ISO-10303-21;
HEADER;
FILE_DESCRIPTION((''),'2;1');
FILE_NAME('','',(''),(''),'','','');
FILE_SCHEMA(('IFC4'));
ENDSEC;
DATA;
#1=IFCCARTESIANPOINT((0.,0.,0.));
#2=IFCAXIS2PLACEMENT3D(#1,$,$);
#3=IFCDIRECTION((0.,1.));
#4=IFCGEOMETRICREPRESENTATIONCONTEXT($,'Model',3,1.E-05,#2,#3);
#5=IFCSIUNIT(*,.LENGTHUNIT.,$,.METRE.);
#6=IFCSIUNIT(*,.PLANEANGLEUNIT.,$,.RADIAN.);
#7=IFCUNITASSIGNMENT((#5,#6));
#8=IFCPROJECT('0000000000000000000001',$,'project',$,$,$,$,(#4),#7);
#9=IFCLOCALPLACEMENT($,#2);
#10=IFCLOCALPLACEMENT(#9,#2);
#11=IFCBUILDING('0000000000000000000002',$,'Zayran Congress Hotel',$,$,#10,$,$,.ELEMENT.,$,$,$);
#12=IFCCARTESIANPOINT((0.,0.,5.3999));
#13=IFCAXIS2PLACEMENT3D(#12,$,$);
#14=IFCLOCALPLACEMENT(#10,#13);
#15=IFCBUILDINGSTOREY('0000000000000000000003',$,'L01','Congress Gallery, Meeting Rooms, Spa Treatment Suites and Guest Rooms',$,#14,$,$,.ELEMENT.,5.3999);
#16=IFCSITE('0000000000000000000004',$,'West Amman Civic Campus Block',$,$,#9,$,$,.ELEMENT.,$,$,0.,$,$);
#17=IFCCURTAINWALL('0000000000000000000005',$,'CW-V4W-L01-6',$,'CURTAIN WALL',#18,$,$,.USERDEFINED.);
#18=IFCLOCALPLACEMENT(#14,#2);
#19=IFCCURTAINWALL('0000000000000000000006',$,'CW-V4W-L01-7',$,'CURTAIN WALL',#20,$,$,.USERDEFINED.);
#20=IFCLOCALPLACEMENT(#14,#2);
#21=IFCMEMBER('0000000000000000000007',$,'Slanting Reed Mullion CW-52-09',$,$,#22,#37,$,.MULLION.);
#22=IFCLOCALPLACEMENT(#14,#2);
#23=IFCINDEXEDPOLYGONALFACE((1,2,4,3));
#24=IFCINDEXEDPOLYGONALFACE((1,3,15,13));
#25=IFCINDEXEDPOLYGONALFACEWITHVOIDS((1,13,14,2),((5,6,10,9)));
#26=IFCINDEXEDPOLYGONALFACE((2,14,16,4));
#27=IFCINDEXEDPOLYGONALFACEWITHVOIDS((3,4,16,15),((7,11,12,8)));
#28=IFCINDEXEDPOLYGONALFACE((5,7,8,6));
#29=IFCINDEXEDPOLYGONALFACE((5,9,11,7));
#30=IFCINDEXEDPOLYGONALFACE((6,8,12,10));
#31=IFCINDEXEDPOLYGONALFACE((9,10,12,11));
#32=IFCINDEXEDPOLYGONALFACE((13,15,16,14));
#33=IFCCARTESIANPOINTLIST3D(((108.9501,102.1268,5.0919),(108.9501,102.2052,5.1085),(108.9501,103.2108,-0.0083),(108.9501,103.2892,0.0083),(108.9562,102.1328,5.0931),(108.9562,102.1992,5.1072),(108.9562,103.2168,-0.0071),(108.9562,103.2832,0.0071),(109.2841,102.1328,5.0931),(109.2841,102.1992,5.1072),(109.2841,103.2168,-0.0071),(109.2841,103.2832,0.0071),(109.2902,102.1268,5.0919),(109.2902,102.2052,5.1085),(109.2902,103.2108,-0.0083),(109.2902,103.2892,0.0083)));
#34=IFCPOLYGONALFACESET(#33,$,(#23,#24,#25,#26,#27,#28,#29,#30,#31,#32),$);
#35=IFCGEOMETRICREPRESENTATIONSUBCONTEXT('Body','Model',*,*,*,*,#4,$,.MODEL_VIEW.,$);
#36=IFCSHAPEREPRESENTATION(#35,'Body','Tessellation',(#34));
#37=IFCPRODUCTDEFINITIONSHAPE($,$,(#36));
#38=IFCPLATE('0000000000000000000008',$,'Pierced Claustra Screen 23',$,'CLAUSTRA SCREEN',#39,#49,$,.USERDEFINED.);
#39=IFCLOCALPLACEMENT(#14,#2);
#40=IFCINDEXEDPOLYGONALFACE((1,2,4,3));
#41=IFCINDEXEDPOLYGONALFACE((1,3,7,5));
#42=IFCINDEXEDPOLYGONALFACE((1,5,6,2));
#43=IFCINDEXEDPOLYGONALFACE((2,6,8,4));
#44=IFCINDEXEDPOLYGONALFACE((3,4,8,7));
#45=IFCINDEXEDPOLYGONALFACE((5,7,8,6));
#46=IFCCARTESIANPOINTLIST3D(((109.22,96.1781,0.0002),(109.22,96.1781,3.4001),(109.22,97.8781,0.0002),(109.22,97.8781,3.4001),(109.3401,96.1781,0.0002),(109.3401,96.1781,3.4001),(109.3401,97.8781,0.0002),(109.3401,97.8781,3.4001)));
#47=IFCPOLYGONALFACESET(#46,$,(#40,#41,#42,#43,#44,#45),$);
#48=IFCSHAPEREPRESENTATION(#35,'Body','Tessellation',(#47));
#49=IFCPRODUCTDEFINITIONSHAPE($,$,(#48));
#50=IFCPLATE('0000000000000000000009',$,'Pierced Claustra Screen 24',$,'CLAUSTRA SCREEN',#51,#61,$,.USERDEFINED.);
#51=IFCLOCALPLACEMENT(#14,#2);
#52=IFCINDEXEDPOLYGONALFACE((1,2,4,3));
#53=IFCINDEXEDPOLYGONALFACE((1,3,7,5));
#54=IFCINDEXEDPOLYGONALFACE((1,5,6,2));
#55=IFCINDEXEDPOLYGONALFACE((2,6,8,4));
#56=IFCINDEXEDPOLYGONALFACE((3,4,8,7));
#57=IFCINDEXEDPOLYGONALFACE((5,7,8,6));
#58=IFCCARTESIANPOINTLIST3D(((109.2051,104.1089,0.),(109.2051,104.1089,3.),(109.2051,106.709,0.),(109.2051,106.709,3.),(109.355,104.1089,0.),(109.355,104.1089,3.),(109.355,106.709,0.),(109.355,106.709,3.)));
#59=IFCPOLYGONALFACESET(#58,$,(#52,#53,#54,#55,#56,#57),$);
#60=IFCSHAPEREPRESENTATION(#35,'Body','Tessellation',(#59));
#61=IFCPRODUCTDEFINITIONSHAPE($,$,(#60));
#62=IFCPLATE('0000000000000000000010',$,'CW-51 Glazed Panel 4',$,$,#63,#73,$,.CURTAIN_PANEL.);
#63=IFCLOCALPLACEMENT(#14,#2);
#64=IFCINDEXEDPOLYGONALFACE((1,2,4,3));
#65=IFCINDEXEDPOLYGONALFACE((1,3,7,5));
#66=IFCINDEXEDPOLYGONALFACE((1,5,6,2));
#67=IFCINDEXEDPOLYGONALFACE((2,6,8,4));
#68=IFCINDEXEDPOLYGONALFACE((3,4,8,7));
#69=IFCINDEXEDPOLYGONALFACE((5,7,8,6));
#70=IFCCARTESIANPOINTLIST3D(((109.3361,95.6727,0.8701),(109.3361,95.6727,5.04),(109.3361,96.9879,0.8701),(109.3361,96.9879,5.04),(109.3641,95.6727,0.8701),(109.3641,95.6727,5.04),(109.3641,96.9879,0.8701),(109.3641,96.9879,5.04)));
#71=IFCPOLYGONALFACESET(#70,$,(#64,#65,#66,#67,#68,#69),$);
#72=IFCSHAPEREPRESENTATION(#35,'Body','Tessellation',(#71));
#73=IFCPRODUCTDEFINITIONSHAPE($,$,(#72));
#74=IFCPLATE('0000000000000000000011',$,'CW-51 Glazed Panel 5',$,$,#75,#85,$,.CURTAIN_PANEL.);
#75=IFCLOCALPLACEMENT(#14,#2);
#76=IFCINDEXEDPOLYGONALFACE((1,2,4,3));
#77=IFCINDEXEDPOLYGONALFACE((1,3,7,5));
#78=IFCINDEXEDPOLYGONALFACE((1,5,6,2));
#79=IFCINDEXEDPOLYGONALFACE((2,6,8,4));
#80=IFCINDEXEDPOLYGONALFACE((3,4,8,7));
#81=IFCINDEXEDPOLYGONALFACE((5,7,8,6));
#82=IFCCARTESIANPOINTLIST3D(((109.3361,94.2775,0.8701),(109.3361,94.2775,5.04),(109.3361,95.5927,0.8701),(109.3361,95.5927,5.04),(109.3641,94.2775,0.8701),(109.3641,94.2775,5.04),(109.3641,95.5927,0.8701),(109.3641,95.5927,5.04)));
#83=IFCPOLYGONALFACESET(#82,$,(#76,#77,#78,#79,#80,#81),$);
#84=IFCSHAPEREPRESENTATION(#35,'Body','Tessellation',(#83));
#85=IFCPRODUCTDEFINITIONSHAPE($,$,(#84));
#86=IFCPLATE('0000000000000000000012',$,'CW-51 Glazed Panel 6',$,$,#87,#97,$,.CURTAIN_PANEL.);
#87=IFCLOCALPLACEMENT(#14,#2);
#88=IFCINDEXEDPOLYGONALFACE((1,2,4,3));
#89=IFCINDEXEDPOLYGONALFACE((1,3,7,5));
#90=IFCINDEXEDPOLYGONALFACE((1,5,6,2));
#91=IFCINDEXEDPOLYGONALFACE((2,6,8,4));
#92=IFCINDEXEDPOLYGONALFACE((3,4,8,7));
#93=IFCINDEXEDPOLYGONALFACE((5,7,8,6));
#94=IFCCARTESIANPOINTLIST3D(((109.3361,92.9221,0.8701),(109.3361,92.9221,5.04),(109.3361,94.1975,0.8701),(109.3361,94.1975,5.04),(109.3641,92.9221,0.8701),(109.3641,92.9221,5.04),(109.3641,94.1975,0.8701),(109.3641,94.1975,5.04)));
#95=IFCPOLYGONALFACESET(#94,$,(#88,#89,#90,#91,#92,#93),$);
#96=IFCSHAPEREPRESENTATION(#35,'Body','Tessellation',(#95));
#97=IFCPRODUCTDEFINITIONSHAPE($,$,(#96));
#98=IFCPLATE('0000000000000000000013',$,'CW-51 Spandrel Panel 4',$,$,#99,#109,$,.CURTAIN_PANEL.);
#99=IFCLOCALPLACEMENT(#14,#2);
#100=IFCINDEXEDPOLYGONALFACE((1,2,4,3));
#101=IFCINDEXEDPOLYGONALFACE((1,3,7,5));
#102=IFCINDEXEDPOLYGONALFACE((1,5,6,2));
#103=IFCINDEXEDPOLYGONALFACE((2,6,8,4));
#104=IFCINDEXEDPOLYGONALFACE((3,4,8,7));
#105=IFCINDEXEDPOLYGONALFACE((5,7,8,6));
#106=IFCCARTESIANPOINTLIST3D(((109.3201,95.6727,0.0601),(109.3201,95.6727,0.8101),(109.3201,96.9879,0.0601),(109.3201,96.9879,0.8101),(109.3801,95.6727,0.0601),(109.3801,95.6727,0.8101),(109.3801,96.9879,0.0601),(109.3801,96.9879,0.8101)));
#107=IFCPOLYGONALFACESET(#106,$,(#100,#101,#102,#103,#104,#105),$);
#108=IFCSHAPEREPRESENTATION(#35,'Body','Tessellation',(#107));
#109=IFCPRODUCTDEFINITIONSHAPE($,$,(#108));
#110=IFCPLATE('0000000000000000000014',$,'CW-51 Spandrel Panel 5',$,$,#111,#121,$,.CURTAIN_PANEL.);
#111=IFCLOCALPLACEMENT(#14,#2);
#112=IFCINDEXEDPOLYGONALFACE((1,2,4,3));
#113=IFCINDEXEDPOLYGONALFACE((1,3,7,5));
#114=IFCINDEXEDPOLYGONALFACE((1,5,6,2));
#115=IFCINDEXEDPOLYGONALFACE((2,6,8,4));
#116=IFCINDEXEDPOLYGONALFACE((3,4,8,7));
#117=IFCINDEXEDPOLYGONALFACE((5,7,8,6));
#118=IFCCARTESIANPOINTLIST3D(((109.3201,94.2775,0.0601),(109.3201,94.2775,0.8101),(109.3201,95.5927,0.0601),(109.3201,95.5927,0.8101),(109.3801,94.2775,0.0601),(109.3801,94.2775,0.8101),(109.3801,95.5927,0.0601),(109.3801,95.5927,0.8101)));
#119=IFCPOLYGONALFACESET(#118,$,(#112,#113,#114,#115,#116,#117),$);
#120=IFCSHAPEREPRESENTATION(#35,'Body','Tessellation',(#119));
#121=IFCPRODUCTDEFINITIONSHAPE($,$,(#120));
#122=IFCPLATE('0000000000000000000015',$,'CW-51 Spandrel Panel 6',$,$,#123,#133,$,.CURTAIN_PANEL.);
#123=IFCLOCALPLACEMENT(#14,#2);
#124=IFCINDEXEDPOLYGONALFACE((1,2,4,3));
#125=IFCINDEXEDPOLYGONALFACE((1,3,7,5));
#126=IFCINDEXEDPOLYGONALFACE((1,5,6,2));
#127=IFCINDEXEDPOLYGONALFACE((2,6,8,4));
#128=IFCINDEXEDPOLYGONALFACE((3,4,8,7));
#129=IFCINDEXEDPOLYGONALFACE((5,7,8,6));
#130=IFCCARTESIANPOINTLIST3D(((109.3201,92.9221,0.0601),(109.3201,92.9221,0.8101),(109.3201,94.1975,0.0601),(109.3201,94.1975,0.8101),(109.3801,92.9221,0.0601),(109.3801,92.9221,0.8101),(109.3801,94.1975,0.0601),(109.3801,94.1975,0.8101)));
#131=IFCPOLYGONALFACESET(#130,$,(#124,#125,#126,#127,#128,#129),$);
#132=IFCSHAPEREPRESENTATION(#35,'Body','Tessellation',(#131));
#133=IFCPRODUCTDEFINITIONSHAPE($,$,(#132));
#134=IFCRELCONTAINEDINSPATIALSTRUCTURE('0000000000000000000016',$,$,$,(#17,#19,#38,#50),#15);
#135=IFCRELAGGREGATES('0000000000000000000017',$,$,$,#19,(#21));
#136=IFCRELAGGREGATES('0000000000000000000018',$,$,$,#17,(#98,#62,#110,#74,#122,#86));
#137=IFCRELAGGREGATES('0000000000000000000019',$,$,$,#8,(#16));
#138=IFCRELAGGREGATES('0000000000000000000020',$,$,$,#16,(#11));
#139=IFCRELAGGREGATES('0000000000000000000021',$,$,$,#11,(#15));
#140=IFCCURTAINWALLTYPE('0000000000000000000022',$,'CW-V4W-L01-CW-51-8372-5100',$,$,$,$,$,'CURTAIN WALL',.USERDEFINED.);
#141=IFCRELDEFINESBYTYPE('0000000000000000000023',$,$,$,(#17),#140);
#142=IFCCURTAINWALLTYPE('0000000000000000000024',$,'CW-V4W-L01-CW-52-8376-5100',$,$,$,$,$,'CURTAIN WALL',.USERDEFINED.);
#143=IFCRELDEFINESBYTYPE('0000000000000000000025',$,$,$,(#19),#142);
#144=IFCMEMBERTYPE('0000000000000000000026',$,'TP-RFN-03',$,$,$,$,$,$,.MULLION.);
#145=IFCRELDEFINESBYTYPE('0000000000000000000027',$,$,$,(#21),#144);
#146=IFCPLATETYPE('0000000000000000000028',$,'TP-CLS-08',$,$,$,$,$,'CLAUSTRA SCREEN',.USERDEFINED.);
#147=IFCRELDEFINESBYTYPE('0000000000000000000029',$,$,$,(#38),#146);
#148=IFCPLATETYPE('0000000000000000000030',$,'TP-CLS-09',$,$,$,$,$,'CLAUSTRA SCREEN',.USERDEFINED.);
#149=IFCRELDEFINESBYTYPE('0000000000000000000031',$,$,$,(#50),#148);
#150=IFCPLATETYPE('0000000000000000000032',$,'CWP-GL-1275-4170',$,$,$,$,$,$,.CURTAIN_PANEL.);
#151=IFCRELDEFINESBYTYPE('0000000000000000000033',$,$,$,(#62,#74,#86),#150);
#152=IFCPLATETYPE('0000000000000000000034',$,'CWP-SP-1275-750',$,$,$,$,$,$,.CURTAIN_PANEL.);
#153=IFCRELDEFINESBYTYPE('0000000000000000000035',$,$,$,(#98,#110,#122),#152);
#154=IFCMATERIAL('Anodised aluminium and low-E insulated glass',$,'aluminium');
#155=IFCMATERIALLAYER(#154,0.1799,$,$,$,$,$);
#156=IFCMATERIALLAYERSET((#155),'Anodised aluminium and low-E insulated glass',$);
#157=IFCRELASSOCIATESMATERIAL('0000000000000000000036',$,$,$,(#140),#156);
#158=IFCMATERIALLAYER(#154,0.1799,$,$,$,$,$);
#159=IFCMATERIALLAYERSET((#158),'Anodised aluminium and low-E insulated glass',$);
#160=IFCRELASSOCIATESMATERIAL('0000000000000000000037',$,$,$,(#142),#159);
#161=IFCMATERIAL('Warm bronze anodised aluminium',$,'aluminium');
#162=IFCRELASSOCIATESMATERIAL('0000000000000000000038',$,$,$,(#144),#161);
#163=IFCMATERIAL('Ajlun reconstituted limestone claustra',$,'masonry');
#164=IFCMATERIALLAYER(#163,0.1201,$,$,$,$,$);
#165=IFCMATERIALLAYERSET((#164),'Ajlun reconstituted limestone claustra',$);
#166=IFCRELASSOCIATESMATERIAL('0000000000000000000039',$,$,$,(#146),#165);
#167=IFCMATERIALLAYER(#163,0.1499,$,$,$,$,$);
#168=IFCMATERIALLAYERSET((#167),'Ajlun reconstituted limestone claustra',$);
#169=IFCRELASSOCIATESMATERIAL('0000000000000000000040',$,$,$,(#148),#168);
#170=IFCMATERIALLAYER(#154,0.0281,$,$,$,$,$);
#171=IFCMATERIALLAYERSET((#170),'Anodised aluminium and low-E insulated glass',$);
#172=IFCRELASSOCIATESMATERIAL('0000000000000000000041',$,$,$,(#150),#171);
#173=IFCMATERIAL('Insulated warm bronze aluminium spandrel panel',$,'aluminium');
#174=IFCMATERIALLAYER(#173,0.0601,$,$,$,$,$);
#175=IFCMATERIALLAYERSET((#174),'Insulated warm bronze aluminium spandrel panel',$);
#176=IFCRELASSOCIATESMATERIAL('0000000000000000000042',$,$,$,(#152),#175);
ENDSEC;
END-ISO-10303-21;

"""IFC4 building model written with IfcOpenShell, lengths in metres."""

from ifc_helpers import new_model, si_unit, direction, frame, origin, origin_2d, place, context, subcontext, project, spatial, rectangle, hollow_rectangle, extrude, material, layer, layer_set, material_profile, profile_set, type_object, element, aggregate, save


model = new_model("IFC4")

# Units and contexts
model_context = context("Model", 3, precision=1e-05, world=origin(), true_north=direction((0.0, 1.0)))
body_context = subcontext(model_context, "Body", "Model", "MODEL_VIEW")
ifc_project = project(units=[si_unit("LENGTHUNIT", "METRE"), si_unit("PLANEANGLEUNIT", "RADIAN")], contexts=[model_context])

# Site, building, storey
site_placement = place(None, origin())
site = spatial("IfcSite", under=ifc_project, at=site_placement, Name="West Amman Civic Campus Block", CompositionType="ELEMENT", RefElevation=0.0)
building_placement = place(site_placement, origin())
building = spatial("IfcBuilding", under=site, at=building_placement, Name="Zayran Congress Hotel", CompositionType="ELEMENT")
storey_placement = place(building_placement, frame((0.0, 0.0, 5.3999)))
storey = spatial("IfcBuildingStorey", under=building, at=storey_placement, Name="L01", Description="Congress Gallery, Meeting Rooms, Spa Treatment Suites and Guest Rooms", CompositionType="ELEMENT", Elevation=5.3999)

# Curtain walls
ifc_material_1 = material(Name="Anodised aluminium and low-E insulated glass", Category="aluminium")
ifc_layer_1 = layer(ifc_material_1, 0.1799)
ifc_layer_set_1 = layer_set([ifc_layer_1], Name="Anodised aluminium and low-E insulated glass")
curtain_wall_type_1 = type_object("IfcCurtainWallType", Name="CW-V4W-L01-CW-51-8372-5100", ElementType="CURTAIN WALL", PredefinedType="USERDEFINED", material=ifc_layer_set_1)
curtain_wall_1_placement = place(storey_placement, origin())
curtain_wall_1 = element("IfcCurtainWall", 1, at=curtain_wall_1_placement, inside=storey, type_object=curtain_wall_type_1, Name="CW-V4W-L01-6", ObjectType="CURTAIN WALL", PredefinedType="USERDEFINED")
ifc_material_2 = material(Name="Warm bronze anodised aluminium", Category="aluminium")
ifc_layer_2 = layer(ifc_material_1, 0.1799)
ifc_layer_set_2 = layer_set([ifc_layer_2], Name="Anodised aluminium and low-E insulated glass")
curtain_wall_type_2 = type_object("IfcCurtainWallType", Name="CW-V4W-L01-CW-52-8376-5100", ElementType="CURTAIN WALL", PredefinedType="USERDEFINED", material=ifc_layer_set_2)
curtain_wall_2_placement = place(storey_placement, origin())
curtain_wall_2 = element("IfcCurtainWall", 2, at=curtain_wall_2_placement, inside=storey, type_object=curtain_wall_type_2, Name="CW-V4W-L01-7", ObjectType="CURTAIN WALL", PredefinedType="USERDEFINED")

# Member
ifc_material_profile_1 = material_profile(ifc_material_2, hollow_rectangle(XDim=0.0801, YDim=0.3401, WallThickness=0.0061, at=origin_2d()), Name="RHS 340x80x6")
ifc_profile_set_1 = profile_set([ifc_material_profile_1], Name="Warm bronze anodised aluminium")
member_type_1 = type_object("IfcMemberType", Name="TP-RFN-03", PredefinedType="MULLION", material=ifc_profile_set_1)
member_1_placement = place(storey_placement, frame((109.1201, 103.25, 0.0), z_axis=(0.0, -0.207898, 0.978151), x_axis=(0.0, 0.978151, 0.207898)))
member_1 = element("IfcMember", 3, at=member_1_placement, type_object=member_type_1, Name="Slanting Reed Mullion CW-52-09", PredefinedType="MULLION", context=body_context, shape_type="SweptSolid", body=[
    extrude(hollow_rectangle(XDim=0.0801, YDim=0.3401, WallThickness=0.0061, at=origin_2d()), origin(), (0.0, 0.0, 1.0), 5.2141),
])
aggregate(curtain_wall_2, [member_1])

# Plates
ifc_material_3 = material(Name="Ajlun reconstituted limestone claustra", Category="masonry")
ifc_layer_3 = layer(ifc_material_3, 0.1201)
ifc_layer_set_3 = layer_set([ifc_layer_3], Name="Ajlun reconstituted limestone claustra")
plate_type_1 = type_object("IfcPlateType", Name="TP-CLS-08", ElementType="CLAUSTRA SCREEN", PredefinedType="USERDEFINED", material=ifc_layer_set_3)
plate_1_placement = place(storey_placement, frame((109.28, 97.0281, 0.0002), z_axis=(0.0, 0.0, 1.0), x_axis=(0.0, 1.0, 0.0)))
element("IfcPlate", 4, at=plate_1_placement, inside=storey, type_object=plate_type_1, Name="Pierced Claustra Screen 23", ObjectType="CLAUSTRA SCREEN", PredefinedType="USERDEFINED", context=body_context, shape_type="SweptSolid", body=[
    extrude(rectangle(XDim=1.7, YDim=0.1201, at=origin_2d()), origin(), (0.0, 0.0, 1.0), 3.3999),
])
ifc_layer_4 = layer(ifc_material_3, 0.1499)
ifc_layer_set_4 = layer_set([ifc_layer_4], Name="Ajlun reconstituted limestone claustra")
plate_type_2 = type_object("IfcPlateType", Name="TP-CLS-09", ElementType="CLAUSTRA SCREEN", PredefinedType="USERDEFINED", material=ifc_layer_set_4)
plate_2_placement = place(storey_placement, frame((109.28, 105.4089, 0.0), z_axis=(0.0, 0.0, 1.0), x_axis=(0.0, 1.0, 0.0)))
element("IfcPlate", 5, at=plate_2_placement, inside=storey, type_object=plate_type_2, Name="Pierced Claustra Screen 24", ObjectType="CLAUSTRA SCREEN", PredefinedType="USERDEFINED", context=body_context, shape_type="SweptSolid", body=[
    extrude(rectangle(XDim=2.6001, YDim=0.1499, at=origin_2d()), origin(), (0.0, 0.0, 1.0), 3.0),
])

# Plates
ifc_layer_5 = layer(ifc_material_1, 0.0281)
ifc_layer_set_5 = layer_set([ifc_layer_5], Name="Anodised aluminium and low-E insulated glass")
plate_type_3 = type_object("IfcPlateType", Name="CWP-GL-1275-4170", PredefinedType="CURTAIN_PANEL", material=ifc_layer_set_5)
plate_3_placement = place(storey_placement, frame((109.3501, 96.3303, 0.8701), z_axis=(0.0, 0.0, 1.0), x_axis=(0.0, 1.0, 0.0)))
plate_3 = element("IfcPlate", 6, at=plate_3_placement, type_object=plate_type_3, Name="CW-51 Glazed Panel 4", PredefinedType="CURTAIN_PANEL", context=body_context, shape_type="SweptSolid", body=[
    extrude(rectangle(XDim=1.3152, YDim=0.0281, at=origin_2d()), origin(), (0.0, 0.0, 1.0), 4.1699),
])
plate_4_placement = place(storey_placement, frame((109.3501, 94.9351, 0.8701), z_axis=(0.0, 0.0, 1.0), x_axis=(0.0, 1.0, 0.0)))
plate_4 = element("IfcPlate", 7, at=plate_4_placement, type_object=plate_type_3, Name="CW-51 Glazed Panel 5", PredefinedType="CURTAIN_PANEL", context=body_context, shape_type="SweptSolid", body=[
    extrude(rectangle(XDim=1.3152, YDim=0.0281, at=origin_2d()), origin(), (0.0, 0.0, 1.0), 4.1699),
])
plate_5_placement = place(storey_placement, frame((109.3501, 93.5598, 0.8701), z_axis=(0.0, 0.0, 1.0), x_axis=(0.0, 1.0, 0.0)))
plate_5 = element("IfcPlate", 8, at=plate_5_placement, type_object=plate_type_3, Name="CW-51 Glazed Panel 6", PredefinedType="CURTAIN_PANEL", context=body_context, shape_type="SweptSolid", body=[
    extrude(rectangle(XDim=1.2754, YDim=0.0281, at=origin_2d()), origin(), (0.0, 0.0, 1.0), 4.1699),
])
ifc_material_4 = material(Name="Insulated warm bronze aluminium spandrel panel", Category="aluminium")
ifc_layer_6 = layer(ifc_material_4, 0.0601)
ifc_layer_set_6 = layer_set([ifc_layer_6], Name="Insulated warm bronze aluminium spandrel panel")
plate_type_4 = type_object("IfcPlateType", Name="CWP-SP-1275-750", PredefinedType="CURTAIN_PANEL", material=ifc_layer_set_6)
plate_6_placement = place(storey_placement, frame((109.3501, 96.3303, 0.0601), z_axis=(0.0, 0.0, 1.0), x_axis=(0.0, 1.0, 0.0)))
plate_6 = element("IfcPlate", 9, at=plate_6_placement, type_object=plate_type_4, Name="CW-51 Spandrel Panel 4", PredefinedType="CURTAIN_PANEL", context=body_context, shape_type="SweptSolid", body=[
    extrude(rectangle(XDim=1.3152, YDim=0.0601, at=origin_2d()), origin(), (0.0, 0.0, 1.0), 0.75),
])
plate_7_placement = place(storey_placement, frame((109.3501, 94.9351, 0.0601), z_axis=(0.0, 0.0, 1.0), x_axis=(0.0, 1.0, 0.0)))
plate_7 = element("IfcPlate", 10, at=plate_7_placement, type_object=plate_type_4, Name="CW-51 Spandrel Panel 5", PredefinedType="CURTAIN_PANEL", context=body_context, shape_type="SweptSolid", body=[
    extrude(rectangle(XDim=1.3152, YDim=0.0601, at=origin_2d()), origin(), (0.0, 0.0, 1.0), 0.75),
])
plate_8_placement = place(storey_placement, frame((109.3501, 93.5598, 0.0601), z_axis=(0.0, 0.0, 1.0), x_axis=(0.0, 1.0, 0.0)))
plate_8 = element("IfcPlate", 11, at=plate_8_placement, type_object=plate_type_4, Name="CW-51 Spandrel Panel 6", PredefinedType="CURTAIN_PANEL", context=body_context, shape_type="SweptSolid", body=[
    extrude(rectangle(XDim=1.2754, YDim=0.0601, at=origin_2d()), origin(), (0.0, 0.0, 1.0), 0.75),
])
aggregate(curtain_wall_1, [plate_6, plate_3, plate_7, plate_4, plate_8, plate_5])

save(model, "model.ifc")
